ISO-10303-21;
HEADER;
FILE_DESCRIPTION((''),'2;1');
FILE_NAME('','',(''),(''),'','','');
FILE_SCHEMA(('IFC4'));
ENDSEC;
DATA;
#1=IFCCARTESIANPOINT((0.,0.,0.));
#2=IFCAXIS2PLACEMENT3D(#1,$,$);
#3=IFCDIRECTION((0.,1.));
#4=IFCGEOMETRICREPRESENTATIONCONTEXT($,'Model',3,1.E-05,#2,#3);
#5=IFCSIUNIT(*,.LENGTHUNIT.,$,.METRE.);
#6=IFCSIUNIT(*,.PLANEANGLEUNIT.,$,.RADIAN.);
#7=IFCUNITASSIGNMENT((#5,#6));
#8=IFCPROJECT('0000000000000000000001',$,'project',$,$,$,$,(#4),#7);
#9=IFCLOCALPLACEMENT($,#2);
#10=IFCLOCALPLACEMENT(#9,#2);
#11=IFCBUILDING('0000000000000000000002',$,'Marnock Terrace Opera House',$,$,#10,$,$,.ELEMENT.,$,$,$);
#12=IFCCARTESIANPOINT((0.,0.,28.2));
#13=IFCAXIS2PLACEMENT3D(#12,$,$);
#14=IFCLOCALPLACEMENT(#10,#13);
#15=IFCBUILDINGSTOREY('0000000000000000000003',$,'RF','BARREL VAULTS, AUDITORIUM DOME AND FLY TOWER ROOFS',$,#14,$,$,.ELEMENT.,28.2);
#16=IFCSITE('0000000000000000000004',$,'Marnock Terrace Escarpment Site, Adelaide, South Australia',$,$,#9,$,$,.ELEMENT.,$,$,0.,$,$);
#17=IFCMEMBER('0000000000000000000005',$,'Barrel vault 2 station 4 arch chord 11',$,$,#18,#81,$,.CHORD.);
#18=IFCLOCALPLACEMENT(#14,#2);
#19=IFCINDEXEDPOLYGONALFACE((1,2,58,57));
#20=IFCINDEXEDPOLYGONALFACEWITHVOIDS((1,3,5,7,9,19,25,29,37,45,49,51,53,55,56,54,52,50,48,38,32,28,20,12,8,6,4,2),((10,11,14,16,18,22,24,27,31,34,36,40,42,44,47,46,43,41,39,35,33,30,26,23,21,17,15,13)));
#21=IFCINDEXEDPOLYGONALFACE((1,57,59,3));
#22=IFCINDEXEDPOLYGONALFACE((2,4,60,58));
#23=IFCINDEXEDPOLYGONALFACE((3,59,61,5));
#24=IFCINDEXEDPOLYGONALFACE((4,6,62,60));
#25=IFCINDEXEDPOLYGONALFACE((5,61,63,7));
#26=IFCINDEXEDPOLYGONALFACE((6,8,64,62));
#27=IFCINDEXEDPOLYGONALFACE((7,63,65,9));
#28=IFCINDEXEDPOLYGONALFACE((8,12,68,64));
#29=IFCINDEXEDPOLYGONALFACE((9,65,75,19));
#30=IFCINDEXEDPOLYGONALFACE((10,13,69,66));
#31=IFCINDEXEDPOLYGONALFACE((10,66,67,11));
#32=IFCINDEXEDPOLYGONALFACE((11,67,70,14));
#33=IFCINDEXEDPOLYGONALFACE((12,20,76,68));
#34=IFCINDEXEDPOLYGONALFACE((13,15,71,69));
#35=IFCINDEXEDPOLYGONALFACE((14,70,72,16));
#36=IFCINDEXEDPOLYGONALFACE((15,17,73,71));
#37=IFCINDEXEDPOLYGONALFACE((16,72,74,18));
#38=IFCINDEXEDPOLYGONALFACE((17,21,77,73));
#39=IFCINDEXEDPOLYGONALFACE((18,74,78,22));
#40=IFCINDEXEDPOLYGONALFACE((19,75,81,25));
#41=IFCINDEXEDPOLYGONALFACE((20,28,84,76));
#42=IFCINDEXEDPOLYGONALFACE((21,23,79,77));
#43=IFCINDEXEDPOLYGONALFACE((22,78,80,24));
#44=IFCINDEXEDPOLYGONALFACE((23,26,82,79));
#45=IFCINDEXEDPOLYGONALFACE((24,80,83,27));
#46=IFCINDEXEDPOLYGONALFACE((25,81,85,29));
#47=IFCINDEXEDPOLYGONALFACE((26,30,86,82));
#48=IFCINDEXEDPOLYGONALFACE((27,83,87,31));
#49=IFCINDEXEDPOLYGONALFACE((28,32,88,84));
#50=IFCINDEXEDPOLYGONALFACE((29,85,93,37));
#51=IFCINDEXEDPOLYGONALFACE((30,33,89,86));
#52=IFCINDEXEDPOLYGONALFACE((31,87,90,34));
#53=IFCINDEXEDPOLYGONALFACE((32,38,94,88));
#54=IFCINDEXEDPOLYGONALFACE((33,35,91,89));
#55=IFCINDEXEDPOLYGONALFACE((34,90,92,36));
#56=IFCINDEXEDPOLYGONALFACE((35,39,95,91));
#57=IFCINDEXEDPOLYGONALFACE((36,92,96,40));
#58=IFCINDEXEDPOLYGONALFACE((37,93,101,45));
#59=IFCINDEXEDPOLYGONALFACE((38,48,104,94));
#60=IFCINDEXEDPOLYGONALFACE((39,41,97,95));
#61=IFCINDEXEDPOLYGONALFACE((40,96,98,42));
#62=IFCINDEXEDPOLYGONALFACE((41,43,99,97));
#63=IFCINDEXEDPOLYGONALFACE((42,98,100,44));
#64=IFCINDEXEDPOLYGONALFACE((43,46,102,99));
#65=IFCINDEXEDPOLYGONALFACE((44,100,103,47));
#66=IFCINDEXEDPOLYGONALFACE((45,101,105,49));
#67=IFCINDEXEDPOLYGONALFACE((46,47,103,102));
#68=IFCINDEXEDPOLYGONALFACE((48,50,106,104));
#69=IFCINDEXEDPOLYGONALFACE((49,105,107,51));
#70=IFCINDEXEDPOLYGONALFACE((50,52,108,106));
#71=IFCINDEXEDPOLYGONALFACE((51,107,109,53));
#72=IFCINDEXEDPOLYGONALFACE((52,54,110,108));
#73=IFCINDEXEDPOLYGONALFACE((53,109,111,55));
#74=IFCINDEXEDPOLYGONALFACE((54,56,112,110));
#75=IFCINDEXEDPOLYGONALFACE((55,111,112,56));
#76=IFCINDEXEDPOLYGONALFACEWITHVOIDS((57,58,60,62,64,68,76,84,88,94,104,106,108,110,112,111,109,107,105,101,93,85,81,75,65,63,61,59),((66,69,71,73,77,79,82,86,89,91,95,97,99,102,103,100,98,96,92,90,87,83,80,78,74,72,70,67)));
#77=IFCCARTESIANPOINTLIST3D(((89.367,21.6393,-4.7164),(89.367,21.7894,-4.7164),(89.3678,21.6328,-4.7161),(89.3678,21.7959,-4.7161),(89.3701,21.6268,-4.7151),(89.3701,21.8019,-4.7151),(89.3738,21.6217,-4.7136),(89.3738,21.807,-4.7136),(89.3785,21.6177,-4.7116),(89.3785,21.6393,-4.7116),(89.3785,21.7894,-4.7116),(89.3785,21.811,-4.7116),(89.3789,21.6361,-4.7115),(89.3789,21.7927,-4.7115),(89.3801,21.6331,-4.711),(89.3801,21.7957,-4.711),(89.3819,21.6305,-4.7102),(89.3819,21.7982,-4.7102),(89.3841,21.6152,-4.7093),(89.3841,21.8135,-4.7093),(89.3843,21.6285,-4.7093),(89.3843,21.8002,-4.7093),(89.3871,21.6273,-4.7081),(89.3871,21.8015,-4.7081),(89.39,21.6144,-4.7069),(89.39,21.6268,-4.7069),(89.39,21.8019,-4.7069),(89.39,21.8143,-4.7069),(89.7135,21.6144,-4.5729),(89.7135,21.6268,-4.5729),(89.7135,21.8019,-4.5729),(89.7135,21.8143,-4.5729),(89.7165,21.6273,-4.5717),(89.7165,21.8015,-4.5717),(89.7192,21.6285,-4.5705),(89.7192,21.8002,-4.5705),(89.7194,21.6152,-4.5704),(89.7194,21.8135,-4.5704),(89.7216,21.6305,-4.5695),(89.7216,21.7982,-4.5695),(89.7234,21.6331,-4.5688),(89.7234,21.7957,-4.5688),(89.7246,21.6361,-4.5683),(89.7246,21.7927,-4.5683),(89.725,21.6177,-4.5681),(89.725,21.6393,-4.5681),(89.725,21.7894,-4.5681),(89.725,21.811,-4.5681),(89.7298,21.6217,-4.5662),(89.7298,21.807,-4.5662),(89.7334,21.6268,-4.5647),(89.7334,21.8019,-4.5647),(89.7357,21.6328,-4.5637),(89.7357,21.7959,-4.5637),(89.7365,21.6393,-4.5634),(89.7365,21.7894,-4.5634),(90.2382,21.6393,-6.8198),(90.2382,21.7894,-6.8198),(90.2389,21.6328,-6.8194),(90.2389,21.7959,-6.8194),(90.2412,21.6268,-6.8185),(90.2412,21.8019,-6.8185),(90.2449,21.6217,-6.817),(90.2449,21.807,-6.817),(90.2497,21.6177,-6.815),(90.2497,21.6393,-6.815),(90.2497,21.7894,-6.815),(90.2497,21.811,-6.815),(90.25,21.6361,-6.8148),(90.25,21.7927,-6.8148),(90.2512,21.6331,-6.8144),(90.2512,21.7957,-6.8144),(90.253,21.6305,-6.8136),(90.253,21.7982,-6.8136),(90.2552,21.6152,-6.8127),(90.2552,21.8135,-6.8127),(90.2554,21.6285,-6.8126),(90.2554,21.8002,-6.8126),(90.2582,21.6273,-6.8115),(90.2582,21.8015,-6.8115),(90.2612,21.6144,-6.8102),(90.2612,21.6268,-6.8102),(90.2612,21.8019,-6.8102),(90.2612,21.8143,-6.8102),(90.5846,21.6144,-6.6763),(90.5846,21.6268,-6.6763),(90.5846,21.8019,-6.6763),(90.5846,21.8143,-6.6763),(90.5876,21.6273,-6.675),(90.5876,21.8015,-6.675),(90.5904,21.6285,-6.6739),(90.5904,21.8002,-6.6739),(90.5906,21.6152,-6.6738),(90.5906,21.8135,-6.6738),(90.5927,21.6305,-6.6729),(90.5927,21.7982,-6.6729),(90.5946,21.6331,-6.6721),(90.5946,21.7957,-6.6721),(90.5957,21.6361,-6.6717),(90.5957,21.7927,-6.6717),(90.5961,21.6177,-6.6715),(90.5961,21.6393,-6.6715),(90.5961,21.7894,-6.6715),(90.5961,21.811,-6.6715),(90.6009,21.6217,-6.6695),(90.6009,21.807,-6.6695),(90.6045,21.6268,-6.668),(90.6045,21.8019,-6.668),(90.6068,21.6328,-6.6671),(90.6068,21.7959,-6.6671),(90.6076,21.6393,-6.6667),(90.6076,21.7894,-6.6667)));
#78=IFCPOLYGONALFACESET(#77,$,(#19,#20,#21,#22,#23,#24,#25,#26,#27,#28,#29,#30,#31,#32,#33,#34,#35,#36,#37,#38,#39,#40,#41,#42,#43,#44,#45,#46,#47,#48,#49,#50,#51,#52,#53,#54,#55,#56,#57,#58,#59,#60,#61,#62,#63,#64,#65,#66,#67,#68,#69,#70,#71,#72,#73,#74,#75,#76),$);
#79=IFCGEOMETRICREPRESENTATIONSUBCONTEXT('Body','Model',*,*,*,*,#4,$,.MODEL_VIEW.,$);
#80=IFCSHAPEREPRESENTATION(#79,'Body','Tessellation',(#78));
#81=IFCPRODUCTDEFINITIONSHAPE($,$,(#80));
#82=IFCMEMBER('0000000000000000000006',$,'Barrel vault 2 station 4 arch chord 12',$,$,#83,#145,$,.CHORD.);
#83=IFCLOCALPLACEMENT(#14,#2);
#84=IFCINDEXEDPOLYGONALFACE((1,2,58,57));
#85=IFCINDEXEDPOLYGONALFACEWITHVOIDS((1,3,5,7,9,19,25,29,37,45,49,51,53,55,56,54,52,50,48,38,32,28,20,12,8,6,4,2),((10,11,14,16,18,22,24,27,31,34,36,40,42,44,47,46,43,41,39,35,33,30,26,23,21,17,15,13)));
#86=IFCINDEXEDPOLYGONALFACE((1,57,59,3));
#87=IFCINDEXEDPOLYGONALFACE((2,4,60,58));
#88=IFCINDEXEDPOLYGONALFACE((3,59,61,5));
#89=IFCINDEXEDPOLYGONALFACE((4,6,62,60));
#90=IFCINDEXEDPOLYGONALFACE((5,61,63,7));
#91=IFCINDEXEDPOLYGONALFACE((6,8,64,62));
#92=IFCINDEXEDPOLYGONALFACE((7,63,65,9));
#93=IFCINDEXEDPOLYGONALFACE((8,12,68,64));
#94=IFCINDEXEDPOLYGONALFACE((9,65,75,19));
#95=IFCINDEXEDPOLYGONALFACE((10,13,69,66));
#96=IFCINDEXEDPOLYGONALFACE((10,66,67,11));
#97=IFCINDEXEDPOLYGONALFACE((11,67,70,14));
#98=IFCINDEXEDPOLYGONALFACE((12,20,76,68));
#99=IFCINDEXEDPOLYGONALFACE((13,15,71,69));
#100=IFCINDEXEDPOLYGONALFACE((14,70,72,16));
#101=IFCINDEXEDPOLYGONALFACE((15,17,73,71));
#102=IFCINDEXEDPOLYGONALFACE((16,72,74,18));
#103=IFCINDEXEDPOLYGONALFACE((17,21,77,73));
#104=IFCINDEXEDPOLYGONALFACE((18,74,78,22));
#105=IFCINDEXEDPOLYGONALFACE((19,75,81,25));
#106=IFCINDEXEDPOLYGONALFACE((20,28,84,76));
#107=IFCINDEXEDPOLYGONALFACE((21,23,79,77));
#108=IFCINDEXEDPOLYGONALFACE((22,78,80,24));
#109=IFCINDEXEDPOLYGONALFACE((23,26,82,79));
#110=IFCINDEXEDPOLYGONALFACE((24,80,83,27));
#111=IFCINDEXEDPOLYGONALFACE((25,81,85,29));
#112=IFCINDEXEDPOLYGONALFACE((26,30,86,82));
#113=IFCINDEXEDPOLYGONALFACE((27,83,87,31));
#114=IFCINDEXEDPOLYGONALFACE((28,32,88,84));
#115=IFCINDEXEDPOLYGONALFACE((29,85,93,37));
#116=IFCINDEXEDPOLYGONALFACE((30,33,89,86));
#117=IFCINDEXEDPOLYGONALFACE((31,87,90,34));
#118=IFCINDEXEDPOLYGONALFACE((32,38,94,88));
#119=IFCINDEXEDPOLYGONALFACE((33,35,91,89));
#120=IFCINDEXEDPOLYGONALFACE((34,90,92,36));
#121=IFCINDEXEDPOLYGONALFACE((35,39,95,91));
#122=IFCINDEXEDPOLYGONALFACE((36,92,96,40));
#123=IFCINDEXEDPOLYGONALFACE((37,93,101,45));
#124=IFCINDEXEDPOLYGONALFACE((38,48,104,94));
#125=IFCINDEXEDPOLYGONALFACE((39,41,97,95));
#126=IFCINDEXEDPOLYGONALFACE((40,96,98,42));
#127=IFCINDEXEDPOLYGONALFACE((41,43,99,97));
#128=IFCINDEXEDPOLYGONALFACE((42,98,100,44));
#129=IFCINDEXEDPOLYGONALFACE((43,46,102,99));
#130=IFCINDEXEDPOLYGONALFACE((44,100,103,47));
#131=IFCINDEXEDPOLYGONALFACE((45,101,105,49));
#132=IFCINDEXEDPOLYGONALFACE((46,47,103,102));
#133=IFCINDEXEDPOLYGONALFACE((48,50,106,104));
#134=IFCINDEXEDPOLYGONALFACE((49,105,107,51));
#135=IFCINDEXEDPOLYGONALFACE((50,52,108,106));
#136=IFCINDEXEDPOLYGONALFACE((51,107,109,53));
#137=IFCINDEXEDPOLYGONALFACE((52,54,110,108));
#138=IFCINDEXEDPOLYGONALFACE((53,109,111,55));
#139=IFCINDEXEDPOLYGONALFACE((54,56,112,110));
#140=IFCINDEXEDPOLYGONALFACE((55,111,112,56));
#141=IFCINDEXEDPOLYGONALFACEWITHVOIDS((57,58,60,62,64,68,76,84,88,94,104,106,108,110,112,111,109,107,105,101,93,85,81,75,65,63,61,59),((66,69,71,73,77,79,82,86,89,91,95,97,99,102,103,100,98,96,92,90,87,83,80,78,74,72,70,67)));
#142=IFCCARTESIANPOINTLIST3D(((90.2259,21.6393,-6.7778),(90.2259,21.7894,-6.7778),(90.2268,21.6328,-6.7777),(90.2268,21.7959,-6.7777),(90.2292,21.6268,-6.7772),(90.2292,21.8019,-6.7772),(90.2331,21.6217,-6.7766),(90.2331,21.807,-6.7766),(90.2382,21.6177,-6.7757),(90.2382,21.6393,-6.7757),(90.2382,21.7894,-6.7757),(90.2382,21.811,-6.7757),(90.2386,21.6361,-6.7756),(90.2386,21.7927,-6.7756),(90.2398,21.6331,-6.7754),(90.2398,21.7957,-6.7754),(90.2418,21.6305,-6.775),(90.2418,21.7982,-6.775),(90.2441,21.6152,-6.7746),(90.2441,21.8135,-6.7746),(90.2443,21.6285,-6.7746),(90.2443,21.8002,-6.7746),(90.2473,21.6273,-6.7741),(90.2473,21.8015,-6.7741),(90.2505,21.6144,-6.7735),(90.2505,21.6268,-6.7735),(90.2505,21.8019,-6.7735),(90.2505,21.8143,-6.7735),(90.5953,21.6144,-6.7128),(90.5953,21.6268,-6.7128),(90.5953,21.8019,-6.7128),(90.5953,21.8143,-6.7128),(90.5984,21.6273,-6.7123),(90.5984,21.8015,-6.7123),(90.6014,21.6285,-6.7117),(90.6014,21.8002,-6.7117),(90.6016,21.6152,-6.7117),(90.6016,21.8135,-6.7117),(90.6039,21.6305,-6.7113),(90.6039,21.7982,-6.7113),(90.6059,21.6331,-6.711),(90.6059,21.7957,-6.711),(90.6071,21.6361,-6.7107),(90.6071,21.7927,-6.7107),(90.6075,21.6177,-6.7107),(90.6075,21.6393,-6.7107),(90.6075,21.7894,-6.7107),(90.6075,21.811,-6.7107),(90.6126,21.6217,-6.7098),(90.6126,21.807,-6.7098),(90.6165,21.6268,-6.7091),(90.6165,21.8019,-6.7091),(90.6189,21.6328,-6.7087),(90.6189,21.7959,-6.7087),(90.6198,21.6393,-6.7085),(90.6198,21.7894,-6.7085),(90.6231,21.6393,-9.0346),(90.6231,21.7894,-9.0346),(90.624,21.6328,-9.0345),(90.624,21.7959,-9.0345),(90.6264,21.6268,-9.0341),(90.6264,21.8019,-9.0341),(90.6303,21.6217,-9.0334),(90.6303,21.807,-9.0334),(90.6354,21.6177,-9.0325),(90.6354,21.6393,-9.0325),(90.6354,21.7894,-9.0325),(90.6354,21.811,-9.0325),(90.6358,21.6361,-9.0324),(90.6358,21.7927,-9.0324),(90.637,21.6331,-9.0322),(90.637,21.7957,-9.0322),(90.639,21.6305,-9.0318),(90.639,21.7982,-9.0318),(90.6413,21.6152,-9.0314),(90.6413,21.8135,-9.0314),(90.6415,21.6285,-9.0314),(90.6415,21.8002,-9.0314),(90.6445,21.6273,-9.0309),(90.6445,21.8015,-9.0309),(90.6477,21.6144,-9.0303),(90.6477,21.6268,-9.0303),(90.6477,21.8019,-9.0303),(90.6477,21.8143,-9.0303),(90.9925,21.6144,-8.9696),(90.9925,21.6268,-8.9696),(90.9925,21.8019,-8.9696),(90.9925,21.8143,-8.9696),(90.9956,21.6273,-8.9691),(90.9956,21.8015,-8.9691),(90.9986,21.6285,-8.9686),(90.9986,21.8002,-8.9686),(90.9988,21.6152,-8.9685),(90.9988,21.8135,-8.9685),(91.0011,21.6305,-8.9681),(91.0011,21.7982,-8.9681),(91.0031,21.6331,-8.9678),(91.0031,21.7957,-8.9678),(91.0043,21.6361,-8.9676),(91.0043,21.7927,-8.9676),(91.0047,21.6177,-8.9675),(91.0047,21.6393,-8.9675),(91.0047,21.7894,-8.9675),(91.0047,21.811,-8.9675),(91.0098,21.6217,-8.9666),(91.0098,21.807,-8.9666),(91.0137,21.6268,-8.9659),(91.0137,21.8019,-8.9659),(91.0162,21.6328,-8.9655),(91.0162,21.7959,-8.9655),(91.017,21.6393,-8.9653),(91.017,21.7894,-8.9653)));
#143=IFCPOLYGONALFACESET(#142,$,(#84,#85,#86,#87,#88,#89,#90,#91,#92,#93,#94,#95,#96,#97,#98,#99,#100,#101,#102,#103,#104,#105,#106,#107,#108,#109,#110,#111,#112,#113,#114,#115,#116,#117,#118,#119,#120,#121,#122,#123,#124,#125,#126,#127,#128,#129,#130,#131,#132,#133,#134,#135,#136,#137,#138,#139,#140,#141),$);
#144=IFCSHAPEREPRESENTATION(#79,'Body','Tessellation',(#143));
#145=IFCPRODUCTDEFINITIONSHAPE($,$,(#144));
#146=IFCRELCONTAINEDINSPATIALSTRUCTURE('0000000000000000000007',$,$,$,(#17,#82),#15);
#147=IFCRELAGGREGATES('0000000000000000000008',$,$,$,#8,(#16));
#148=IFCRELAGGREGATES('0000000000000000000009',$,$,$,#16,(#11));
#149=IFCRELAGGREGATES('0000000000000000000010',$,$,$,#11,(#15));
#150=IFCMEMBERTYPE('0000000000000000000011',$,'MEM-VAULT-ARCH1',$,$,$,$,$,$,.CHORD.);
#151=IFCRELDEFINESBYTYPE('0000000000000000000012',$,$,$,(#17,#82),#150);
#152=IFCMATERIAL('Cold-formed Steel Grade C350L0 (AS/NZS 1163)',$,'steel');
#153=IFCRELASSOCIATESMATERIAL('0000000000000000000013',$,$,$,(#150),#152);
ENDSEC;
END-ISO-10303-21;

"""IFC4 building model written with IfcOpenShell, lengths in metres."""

from ifc_helpers import new_model, si_unit, direction, frame, origin, origin_2d, place, context, subcontext, project, spatial, hollow_rectangle, extrude, material, material_profile, profile_set, type_object, element, save


model = new_model("IFC4")

# Units and contexts
model_context = context("Model", 3, precision=1e-05, world=origin(), true_north=direction((0.0, 1.0)))
body_context = subcontext(model_context, "Body", "Model", "MODEL_VIEW")
ifc_project = project(units=[si_unit("LENGTHUNIT", "METRE"), si_unit("PLANEANGLEUNIT", "RADIAN")], contexts=[model_context])

# Site, building, storey
site_placement = place(None, origin())
site = spatial("IfcSite", under=ifc_project, at=site_placement, Name="Marnock Terrace Escarpment Site, Adelaide, South Australia", CompositionType="ELEMENT", RefElevation=0.0)
building_placement = place(site_placement, origin())
building = spatial("IfcBuilding", under=site, at=building_placement, Name="Marnock Terrace Opera House", CompositionType="ELEMENT")
storey_placement = place(building_placement, frame((0.0, 0.0, 28.2)))
storey = spatial("IfcBuildingStorey", under=building, at=storey_placement, Name="RF", Description="BARREL VAULTS, AUDITORIUM DOME AND FLY TOWER ROOFS", CompositionType="ELEMENT", Elevation=28.2)

# Members
ifc_material = material(Name="Cold-formed Steel Grade C350L0 (AS/NZS 1163)", Category="steel")
ifc_material_profile_1 = material_profile(ifc_material, hollow_rectangle(XDim=0.2, YDim=0.3999, WallThickness=0.0125, InnerFilletRadius=0.0125, OuterFilletRadius=0.0249, at=origin_2d()))
ifc_profile_set_1 = profile_set([ifc_material_profile_1], Name="Cold-formed Steel Grade C350L0 (AS/NZS 1163)")
member_type_1 = type_object("IfcMemberType", Name="MEM-VAULT-ARCH1", PredefinedType="CHORD", material=ifc_profile_set_1)
member_1_placement = place(storey_placement, frame((89.5518, 21.7144, -4.6399), z_axis=(0.382642, 0.0, -0.923897), x_axis=(0.0, 1.0, 0.0)))
element("IfcMember", 1, at=member_1_placement, inside=storey, type_object=member_type_1, Name="Barrel vault 2 station 4 arch chord 11", PredefinedType="CHORD", context=body_context, shape_type="SweptSolid", body=[
    extrude(hollow_rectangle(XDim=0.2, YDim=0.3999, WallThickness=0.0125, InnerFilletRadius=0.0125, OuterFilletRadius=0.0249, at=origin_2d()), origin(), (0.0, 0.0, 1.0), 2.2766),
])
member_2_placement = place(storey_placement, frame((90.4229, 21.7144, -6.7432), z_axis=(0.173342, 0.0, -0.984862), x_axis=(0.0, 1.0, 0.0)))
element("IfcMember", 2, at=member_2_placement, inside=storey, type_object=member_type_1, Name="Barrel vault 2 station 4 arch chord 12", PredefinedType="CHORD", context=body_context, shape_type="SweptSolid", body=[
    extrude(hollow_rectangle(XDim=0.2, YDim=0.3999, WallThickness=0.0125, InnerFilletRadius=0.0125, OuterFilletRadius=0.0249, at=origin_2d()), origin(), (0.0, 0.0, 1.0), 2.2915),
])

save(model, "model.ifc")
